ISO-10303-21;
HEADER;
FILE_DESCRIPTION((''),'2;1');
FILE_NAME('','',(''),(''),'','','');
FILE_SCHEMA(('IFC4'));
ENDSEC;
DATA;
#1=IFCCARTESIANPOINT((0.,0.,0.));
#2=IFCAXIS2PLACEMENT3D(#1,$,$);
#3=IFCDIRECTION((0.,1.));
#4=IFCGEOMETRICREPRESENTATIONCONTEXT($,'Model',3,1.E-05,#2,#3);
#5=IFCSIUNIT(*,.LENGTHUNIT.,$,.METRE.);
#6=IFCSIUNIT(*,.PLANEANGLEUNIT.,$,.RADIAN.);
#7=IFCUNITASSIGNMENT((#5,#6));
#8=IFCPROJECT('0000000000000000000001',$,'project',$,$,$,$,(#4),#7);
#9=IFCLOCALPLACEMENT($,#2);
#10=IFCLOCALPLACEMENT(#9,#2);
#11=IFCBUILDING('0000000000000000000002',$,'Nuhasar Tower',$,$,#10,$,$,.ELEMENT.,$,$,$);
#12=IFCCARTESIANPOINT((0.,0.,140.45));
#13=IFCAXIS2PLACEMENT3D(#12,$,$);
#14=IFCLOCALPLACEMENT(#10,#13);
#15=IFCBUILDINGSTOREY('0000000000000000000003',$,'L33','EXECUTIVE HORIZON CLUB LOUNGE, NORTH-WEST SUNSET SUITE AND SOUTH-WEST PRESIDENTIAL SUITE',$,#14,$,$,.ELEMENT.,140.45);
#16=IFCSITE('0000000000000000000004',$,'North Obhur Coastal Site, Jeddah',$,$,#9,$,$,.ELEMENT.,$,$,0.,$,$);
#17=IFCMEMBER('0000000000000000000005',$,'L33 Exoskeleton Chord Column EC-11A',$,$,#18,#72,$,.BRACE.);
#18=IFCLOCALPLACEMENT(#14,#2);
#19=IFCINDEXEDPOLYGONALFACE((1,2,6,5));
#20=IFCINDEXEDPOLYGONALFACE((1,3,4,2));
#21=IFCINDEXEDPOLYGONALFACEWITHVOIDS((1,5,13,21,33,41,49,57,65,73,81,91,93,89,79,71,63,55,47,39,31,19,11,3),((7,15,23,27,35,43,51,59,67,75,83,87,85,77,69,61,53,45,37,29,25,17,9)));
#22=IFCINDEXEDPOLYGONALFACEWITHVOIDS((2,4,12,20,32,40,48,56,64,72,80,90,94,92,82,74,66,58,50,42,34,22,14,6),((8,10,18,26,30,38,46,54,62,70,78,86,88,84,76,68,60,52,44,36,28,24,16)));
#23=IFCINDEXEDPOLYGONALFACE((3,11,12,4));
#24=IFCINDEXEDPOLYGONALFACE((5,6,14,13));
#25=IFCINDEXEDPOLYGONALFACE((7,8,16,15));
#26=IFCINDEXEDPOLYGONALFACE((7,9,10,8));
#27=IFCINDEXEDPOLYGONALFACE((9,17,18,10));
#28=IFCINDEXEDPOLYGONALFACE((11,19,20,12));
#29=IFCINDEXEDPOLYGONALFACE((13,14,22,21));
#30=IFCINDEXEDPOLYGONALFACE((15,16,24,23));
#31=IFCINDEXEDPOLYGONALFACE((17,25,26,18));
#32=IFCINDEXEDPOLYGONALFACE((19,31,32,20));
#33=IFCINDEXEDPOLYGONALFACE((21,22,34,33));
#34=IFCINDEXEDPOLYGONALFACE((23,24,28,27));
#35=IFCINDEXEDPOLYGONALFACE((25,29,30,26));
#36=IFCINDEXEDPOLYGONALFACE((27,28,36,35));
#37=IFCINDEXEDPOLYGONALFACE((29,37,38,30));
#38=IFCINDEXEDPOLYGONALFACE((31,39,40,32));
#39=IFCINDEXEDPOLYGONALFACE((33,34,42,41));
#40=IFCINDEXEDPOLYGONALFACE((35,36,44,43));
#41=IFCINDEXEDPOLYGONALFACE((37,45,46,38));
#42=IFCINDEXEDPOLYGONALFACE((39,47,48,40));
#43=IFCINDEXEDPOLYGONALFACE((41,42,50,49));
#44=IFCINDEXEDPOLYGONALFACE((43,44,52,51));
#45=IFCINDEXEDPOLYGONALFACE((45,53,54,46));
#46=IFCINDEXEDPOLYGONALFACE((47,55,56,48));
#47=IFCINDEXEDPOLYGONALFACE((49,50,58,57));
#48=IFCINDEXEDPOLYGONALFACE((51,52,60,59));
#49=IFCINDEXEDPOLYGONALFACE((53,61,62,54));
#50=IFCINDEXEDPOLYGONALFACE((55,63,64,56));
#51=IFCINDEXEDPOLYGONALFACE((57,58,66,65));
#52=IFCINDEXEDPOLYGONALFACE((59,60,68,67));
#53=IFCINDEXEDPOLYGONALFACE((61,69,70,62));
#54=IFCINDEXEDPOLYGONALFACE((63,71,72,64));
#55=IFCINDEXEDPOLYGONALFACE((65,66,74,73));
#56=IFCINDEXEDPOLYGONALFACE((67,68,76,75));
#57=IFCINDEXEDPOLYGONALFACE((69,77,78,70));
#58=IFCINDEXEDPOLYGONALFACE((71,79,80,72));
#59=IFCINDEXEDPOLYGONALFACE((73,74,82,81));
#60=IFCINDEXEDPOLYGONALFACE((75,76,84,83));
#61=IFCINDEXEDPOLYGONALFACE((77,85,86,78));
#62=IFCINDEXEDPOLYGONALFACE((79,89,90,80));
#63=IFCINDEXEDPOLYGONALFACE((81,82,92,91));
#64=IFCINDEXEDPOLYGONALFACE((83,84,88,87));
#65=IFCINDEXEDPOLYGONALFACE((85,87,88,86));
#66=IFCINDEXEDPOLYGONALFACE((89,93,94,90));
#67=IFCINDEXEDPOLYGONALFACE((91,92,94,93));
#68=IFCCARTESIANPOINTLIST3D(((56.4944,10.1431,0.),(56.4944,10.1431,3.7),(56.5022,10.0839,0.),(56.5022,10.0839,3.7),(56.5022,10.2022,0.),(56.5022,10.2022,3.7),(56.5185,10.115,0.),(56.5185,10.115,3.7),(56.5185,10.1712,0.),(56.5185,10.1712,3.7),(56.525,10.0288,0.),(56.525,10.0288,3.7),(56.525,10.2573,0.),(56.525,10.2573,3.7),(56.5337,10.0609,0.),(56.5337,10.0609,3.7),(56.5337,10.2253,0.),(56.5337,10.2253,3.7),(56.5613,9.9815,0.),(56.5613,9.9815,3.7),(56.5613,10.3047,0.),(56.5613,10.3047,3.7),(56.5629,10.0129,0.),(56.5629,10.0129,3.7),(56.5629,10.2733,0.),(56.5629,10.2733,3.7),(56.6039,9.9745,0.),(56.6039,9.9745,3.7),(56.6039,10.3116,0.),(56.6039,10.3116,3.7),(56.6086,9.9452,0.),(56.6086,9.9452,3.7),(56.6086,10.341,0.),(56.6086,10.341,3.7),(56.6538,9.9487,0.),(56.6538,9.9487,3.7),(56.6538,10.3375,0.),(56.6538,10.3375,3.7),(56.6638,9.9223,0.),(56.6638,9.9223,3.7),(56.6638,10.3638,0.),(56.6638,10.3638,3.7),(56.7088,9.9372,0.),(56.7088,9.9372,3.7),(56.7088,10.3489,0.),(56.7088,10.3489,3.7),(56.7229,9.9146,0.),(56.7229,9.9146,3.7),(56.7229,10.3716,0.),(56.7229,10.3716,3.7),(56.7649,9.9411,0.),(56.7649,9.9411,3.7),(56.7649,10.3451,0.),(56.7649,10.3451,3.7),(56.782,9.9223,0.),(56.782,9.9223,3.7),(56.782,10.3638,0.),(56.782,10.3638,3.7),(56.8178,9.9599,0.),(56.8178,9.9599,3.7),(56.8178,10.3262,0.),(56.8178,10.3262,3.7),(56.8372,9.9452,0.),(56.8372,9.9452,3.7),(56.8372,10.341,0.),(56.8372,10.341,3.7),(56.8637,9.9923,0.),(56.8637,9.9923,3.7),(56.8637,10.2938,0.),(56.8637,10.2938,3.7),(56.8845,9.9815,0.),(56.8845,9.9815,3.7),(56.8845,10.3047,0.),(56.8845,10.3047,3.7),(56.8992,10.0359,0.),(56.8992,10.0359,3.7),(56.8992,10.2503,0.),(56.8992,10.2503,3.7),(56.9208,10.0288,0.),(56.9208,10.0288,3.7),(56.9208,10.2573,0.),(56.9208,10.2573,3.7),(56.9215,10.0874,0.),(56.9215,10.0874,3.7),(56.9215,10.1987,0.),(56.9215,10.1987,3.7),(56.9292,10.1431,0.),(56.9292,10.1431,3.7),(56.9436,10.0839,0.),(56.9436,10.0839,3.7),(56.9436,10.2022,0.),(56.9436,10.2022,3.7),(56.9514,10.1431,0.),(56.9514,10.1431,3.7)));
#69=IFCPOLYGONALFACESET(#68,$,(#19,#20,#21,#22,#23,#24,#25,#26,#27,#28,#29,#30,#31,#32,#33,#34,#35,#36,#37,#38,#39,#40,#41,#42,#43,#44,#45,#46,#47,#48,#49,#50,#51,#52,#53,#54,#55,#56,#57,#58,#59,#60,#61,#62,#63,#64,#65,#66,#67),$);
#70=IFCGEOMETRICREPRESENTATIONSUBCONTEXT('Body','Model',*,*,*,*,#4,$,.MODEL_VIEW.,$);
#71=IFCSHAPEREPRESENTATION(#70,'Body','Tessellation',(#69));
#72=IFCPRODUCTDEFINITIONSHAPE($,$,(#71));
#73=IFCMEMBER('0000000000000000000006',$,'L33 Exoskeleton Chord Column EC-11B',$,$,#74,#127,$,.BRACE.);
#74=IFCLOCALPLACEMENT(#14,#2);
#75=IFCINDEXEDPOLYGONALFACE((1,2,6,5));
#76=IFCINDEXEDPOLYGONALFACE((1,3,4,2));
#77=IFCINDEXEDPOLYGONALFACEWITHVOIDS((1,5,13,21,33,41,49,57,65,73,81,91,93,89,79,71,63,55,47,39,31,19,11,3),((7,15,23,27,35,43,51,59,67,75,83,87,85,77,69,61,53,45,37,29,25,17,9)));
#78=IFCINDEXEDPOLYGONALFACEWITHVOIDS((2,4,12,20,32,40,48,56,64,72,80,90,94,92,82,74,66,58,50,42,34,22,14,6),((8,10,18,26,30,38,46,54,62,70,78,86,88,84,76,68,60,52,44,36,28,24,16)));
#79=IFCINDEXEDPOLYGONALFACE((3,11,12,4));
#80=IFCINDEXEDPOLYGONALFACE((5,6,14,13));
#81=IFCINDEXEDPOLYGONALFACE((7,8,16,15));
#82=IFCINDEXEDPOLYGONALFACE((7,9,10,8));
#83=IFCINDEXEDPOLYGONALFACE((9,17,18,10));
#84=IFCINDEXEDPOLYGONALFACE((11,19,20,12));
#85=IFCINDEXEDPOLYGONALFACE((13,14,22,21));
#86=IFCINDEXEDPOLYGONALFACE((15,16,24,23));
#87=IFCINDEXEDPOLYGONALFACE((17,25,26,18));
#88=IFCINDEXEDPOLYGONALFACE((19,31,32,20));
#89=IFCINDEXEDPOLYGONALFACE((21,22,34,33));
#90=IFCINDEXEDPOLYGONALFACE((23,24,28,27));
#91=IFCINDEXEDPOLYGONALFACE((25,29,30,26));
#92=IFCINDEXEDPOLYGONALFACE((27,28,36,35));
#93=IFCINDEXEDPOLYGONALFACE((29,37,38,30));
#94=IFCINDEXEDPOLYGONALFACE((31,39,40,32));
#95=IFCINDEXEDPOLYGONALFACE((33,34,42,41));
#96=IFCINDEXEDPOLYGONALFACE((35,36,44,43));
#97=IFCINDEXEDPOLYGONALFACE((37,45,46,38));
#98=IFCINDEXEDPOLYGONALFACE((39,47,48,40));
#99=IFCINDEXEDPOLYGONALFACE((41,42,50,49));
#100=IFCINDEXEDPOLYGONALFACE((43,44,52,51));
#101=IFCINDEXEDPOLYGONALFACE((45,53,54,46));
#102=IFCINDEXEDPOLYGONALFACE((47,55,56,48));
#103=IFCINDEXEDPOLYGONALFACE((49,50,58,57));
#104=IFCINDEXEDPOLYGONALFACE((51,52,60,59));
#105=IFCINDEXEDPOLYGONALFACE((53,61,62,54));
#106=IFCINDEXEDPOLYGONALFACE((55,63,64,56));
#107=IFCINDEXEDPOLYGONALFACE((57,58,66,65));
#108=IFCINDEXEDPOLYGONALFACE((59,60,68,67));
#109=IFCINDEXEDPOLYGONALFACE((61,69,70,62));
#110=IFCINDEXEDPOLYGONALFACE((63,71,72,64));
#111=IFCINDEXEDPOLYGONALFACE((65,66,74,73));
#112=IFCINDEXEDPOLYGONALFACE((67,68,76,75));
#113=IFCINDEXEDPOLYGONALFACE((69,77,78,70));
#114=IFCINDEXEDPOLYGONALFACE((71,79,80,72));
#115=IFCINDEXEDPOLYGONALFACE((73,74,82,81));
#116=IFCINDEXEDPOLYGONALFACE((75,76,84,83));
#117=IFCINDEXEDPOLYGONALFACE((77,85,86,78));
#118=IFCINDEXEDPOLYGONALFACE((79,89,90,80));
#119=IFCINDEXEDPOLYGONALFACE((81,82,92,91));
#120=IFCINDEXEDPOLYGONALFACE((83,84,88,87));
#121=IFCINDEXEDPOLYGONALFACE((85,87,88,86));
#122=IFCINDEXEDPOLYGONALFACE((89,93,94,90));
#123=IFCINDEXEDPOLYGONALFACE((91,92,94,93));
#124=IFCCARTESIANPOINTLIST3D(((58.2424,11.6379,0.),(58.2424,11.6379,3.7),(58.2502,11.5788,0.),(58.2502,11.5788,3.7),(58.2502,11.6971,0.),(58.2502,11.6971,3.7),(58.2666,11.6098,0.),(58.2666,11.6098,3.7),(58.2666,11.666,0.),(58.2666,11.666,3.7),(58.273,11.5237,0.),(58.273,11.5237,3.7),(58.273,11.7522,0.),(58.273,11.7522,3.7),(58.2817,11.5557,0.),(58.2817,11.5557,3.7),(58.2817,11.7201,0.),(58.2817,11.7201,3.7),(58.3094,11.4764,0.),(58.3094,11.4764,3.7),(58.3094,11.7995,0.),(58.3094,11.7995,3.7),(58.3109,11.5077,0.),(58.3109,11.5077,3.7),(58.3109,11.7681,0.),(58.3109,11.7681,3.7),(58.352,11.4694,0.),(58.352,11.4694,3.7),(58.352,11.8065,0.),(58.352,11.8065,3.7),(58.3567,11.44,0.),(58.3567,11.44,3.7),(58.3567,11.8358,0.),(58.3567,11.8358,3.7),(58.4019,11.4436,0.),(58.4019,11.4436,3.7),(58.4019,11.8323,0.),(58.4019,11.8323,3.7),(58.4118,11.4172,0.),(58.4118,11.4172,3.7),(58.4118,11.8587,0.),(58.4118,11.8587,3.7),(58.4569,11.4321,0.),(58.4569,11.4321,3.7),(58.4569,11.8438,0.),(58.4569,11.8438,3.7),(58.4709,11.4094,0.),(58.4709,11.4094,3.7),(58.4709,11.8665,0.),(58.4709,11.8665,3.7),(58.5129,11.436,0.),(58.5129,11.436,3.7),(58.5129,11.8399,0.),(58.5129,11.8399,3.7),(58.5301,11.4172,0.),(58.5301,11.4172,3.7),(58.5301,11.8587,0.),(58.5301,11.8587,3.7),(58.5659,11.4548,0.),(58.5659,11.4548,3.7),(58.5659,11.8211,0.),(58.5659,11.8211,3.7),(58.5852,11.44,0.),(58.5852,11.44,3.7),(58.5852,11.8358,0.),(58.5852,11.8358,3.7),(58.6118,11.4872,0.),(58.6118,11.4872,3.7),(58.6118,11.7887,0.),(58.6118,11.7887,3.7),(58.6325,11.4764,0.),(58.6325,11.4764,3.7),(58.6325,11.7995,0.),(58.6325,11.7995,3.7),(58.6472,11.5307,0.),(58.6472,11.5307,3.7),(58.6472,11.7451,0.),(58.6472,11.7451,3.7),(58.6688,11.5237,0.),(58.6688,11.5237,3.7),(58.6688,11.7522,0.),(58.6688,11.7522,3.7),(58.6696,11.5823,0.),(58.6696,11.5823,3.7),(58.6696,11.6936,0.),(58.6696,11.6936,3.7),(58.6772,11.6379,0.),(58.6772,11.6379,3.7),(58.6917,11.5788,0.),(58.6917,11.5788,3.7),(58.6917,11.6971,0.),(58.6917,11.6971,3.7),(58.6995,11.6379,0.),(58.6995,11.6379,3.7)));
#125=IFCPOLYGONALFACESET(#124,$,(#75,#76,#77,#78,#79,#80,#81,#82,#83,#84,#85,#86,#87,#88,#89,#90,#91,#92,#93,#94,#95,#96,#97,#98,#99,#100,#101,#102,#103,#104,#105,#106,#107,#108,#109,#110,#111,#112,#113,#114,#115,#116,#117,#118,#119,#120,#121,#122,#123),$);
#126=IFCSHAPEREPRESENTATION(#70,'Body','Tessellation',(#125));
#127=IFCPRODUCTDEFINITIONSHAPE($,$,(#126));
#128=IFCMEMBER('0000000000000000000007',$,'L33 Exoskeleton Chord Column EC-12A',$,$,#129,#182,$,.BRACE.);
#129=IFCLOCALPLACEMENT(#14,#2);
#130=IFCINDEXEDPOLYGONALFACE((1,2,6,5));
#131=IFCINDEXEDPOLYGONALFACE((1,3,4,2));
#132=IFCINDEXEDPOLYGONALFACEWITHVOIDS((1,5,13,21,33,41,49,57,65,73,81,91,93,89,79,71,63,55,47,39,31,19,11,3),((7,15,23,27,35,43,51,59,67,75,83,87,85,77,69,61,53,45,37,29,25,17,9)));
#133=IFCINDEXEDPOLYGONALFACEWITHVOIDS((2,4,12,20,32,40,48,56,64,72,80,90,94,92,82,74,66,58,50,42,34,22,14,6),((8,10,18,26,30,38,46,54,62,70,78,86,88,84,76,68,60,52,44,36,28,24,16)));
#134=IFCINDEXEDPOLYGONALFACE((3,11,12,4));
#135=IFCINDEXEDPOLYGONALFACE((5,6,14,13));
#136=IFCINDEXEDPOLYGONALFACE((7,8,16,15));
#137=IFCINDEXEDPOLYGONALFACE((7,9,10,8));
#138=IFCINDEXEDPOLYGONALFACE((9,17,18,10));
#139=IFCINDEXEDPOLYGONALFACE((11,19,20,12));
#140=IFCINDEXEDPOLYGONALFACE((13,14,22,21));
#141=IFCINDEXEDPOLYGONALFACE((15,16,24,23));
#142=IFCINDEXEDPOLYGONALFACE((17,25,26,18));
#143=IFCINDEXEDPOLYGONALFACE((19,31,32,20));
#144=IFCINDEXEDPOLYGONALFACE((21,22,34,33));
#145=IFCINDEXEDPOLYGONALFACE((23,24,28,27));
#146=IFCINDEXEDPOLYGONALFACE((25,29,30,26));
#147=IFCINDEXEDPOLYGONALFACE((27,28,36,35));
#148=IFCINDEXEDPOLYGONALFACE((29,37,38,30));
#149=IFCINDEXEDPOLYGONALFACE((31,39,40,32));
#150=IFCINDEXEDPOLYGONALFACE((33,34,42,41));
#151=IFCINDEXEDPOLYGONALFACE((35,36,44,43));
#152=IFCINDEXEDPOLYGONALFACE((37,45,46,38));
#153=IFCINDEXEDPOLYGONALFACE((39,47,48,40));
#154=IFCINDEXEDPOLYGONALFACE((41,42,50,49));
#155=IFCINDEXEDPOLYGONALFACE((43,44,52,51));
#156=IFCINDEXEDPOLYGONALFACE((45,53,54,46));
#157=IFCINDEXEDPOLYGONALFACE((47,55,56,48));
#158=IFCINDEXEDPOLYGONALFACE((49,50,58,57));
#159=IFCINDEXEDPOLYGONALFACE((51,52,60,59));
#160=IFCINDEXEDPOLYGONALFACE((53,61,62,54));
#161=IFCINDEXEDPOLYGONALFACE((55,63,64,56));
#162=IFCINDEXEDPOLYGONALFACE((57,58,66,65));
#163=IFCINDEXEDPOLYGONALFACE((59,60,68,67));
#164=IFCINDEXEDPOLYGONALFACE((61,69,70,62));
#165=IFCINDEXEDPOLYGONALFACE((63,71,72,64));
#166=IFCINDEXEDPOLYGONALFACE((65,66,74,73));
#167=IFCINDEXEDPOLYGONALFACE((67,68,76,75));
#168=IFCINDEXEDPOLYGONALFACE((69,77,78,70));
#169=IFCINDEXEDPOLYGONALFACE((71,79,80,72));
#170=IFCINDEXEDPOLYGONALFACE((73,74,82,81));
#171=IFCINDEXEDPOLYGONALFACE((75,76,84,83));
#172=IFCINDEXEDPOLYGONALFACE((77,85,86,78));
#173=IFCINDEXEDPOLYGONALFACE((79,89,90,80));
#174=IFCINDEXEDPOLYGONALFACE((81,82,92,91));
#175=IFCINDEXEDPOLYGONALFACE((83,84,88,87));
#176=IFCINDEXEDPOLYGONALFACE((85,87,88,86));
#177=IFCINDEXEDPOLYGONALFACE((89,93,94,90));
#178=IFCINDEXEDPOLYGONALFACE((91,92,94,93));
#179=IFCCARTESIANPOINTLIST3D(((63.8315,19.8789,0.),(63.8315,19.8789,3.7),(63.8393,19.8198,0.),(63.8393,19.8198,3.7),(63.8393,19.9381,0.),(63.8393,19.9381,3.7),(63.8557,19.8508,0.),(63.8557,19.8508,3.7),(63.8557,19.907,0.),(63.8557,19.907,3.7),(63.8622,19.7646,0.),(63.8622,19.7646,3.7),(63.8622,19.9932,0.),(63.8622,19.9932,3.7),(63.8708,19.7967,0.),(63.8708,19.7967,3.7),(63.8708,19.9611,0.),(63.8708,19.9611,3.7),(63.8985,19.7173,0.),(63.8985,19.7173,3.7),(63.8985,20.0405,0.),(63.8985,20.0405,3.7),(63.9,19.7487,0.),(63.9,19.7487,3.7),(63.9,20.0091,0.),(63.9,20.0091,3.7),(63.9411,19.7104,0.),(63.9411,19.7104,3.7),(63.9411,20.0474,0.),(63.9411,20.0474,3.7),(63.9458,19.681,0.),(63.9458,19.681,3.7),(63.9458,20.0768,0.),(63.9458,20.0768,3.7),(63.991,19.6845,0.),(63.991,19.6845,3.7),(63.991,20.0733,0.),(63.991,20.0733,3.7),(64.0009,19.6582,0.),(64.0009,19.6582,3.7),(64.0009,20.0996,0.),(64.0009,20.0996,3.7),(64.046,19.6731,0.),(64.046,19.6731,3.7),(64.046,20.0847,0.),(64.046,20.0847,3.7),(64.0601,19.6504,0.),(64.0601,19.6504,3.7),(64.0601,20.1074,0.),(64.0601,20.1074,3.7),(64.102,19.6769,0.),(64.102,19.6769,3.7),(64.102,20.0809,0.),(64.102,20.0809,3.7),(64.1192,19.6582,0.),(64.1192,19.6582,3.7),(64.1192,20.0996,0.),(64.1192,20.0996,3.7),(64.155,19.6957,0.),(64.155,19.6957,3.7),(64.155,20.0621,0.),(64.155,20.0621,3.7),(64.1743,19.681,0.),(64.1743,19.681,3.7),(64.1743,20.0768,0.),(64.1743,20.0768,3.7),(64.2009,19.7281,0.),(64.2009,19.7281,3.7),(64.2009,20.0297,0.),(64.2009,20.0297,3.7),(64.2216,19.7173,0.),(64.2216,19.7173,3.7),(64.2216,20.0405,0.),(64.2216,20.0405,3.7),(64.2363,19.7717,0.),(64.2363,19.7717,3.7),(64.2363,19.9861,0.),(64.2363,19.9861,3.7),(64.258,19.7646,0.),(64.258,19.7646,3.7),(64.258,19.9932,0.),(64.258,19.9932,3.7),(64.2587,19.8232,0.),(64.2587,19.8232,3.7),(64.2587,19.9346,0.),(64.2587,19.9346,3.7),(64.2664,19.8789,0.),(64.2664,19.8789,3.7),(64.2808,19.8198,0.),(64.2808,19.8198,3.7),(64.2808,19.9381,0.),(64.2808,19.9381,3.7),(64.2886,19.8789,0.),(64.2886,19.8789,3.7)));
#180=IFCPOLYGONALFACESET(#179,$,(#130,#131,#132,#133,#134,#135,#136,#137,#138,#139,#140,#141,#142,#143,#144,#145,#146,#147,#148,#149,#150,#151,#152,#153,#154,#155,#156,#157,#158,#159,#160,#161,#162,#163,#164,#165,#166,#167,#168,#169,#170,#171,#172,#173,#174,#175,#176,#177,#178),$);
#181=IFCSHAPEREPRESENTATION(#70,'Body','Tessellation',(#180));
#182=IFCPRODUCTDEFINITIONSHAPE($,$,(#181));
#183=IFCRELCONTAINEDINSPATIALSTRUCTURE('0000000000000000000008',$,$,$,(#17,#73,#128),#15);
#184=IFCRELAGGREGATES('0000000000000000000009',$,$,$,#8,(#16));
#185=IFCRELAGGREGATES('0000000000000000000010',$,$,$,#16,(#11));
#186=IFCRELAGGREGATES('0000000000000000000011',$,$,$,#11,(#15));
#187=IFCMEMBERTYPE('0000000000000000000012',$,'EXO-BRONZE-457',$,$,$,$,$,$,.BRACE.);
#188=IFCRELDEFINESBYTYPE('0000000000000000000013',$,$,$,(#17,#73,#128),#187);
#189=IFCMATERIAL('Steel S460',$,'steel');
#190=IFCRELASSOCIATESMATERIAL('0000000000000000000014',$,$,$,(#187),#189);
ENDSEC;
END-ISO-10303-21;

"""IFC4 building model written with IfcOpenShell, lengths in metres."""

from ifc_helpers import new_model, si_unit, direction, frame, origin, origin_2d, place, context, subcontext, project, spatial, hollow_circle, extrude, material, material_profile, profile_set, type_object, element, save


model = new_model("IFC4")

# Units and contexts
model_context = context("Model", 3, precision=1e-05, world=origin(), true_north=direction((0.0, 1.0)))
body_context = subcontext(model_context, "Body", "Model", "MODEL_VIEW")
ifc_project = project(units=[si_unit("LENGTHUNIT", "METRE"), si_unit("PLANEANGLEUNIT", "RADIAN")], contexts=[model_context])

# Site, building, storey
site_placement = place(None, origin())
site = spatial("IfcSite", under=ifc_project, at=site_placement, Name="North Obhur Coastal Site, Jeddah", CompositionType="ELEMENT", RefElevation=0.0)
building_placement = place(site_placement, origin())
building = spatial("IfcBuilding", under=site, at=building_placement, Name="Nuhasar Tower", CompositionType="ELEMENT")
storey_placement = place(building_placement, frame((0.0, 0.0, 140.45)))
storey = spatial("IfcBuildingStorey", under=building, at=storey_placement, Name="L33", Description="EXECUTIVE HORIZON CLUB LOUNGE, NORTH-WEST SUNSET SUITE AND SOUTH-WEST PRESIDENTIAL SUITE", CompositionType="ELEMENT", Elevation=140.45)

# Members
ifc_material_1 = material(Name="Steel S460", Category="steel")
ifc_material_profile_1 = material_profile(ifc_material_1, hollow_circle(Radius=0.2285, WallThickness=0.0222, at=origin_2d()), Name="HSS457X22.2")
ifc_profile_set_1 = profile_set([ifc_material_profile_1], Name="Steel S460")
member_type_1 = type_object("IfcMemberType", Name="EXO-BRONZE-457", PredefinedType="BRACE", material=ifc_profile_set_1)
for number, where, z_axis, x_axis, name in (
    (1, (56.7229, 10.1431, 0.0), (0.0, 0.0, 1.0), (1.0, 0.0, 0.0), "L33 Exoskeleton Chord Column EC-11A"),
    (2, (58.4709, 11.6379, 0.0), (0.0, 0.0, 1.0), (1.0, 0.0, 0.0), "L33 Exoskeleton Chord Column EC-11B"),
    (3, (64.0601, 19.8789, 0.0), (0.0, 0.0, 1.0), (1.0, 0.0, 0.0), "L33 Exoskeleton Chord Column EC-12A"),
):
    element("IfcMember", number, at=place(storey_placement, frame(where, z_axis=z_axis, x_axis=x_axis)), inside=storey, type_object=member_type_1, Name=name, PredefinedType="BRACE", context=body_context, shape_type="SweptSolid", body=[
        extrude(hollow_circle(Radius=0.2285, WallThickness=0.0222, at=origin_2d()), origin(), (0.0, 0.0, 1.0), 3.7),
    ])

save(model, "model.ifc")
